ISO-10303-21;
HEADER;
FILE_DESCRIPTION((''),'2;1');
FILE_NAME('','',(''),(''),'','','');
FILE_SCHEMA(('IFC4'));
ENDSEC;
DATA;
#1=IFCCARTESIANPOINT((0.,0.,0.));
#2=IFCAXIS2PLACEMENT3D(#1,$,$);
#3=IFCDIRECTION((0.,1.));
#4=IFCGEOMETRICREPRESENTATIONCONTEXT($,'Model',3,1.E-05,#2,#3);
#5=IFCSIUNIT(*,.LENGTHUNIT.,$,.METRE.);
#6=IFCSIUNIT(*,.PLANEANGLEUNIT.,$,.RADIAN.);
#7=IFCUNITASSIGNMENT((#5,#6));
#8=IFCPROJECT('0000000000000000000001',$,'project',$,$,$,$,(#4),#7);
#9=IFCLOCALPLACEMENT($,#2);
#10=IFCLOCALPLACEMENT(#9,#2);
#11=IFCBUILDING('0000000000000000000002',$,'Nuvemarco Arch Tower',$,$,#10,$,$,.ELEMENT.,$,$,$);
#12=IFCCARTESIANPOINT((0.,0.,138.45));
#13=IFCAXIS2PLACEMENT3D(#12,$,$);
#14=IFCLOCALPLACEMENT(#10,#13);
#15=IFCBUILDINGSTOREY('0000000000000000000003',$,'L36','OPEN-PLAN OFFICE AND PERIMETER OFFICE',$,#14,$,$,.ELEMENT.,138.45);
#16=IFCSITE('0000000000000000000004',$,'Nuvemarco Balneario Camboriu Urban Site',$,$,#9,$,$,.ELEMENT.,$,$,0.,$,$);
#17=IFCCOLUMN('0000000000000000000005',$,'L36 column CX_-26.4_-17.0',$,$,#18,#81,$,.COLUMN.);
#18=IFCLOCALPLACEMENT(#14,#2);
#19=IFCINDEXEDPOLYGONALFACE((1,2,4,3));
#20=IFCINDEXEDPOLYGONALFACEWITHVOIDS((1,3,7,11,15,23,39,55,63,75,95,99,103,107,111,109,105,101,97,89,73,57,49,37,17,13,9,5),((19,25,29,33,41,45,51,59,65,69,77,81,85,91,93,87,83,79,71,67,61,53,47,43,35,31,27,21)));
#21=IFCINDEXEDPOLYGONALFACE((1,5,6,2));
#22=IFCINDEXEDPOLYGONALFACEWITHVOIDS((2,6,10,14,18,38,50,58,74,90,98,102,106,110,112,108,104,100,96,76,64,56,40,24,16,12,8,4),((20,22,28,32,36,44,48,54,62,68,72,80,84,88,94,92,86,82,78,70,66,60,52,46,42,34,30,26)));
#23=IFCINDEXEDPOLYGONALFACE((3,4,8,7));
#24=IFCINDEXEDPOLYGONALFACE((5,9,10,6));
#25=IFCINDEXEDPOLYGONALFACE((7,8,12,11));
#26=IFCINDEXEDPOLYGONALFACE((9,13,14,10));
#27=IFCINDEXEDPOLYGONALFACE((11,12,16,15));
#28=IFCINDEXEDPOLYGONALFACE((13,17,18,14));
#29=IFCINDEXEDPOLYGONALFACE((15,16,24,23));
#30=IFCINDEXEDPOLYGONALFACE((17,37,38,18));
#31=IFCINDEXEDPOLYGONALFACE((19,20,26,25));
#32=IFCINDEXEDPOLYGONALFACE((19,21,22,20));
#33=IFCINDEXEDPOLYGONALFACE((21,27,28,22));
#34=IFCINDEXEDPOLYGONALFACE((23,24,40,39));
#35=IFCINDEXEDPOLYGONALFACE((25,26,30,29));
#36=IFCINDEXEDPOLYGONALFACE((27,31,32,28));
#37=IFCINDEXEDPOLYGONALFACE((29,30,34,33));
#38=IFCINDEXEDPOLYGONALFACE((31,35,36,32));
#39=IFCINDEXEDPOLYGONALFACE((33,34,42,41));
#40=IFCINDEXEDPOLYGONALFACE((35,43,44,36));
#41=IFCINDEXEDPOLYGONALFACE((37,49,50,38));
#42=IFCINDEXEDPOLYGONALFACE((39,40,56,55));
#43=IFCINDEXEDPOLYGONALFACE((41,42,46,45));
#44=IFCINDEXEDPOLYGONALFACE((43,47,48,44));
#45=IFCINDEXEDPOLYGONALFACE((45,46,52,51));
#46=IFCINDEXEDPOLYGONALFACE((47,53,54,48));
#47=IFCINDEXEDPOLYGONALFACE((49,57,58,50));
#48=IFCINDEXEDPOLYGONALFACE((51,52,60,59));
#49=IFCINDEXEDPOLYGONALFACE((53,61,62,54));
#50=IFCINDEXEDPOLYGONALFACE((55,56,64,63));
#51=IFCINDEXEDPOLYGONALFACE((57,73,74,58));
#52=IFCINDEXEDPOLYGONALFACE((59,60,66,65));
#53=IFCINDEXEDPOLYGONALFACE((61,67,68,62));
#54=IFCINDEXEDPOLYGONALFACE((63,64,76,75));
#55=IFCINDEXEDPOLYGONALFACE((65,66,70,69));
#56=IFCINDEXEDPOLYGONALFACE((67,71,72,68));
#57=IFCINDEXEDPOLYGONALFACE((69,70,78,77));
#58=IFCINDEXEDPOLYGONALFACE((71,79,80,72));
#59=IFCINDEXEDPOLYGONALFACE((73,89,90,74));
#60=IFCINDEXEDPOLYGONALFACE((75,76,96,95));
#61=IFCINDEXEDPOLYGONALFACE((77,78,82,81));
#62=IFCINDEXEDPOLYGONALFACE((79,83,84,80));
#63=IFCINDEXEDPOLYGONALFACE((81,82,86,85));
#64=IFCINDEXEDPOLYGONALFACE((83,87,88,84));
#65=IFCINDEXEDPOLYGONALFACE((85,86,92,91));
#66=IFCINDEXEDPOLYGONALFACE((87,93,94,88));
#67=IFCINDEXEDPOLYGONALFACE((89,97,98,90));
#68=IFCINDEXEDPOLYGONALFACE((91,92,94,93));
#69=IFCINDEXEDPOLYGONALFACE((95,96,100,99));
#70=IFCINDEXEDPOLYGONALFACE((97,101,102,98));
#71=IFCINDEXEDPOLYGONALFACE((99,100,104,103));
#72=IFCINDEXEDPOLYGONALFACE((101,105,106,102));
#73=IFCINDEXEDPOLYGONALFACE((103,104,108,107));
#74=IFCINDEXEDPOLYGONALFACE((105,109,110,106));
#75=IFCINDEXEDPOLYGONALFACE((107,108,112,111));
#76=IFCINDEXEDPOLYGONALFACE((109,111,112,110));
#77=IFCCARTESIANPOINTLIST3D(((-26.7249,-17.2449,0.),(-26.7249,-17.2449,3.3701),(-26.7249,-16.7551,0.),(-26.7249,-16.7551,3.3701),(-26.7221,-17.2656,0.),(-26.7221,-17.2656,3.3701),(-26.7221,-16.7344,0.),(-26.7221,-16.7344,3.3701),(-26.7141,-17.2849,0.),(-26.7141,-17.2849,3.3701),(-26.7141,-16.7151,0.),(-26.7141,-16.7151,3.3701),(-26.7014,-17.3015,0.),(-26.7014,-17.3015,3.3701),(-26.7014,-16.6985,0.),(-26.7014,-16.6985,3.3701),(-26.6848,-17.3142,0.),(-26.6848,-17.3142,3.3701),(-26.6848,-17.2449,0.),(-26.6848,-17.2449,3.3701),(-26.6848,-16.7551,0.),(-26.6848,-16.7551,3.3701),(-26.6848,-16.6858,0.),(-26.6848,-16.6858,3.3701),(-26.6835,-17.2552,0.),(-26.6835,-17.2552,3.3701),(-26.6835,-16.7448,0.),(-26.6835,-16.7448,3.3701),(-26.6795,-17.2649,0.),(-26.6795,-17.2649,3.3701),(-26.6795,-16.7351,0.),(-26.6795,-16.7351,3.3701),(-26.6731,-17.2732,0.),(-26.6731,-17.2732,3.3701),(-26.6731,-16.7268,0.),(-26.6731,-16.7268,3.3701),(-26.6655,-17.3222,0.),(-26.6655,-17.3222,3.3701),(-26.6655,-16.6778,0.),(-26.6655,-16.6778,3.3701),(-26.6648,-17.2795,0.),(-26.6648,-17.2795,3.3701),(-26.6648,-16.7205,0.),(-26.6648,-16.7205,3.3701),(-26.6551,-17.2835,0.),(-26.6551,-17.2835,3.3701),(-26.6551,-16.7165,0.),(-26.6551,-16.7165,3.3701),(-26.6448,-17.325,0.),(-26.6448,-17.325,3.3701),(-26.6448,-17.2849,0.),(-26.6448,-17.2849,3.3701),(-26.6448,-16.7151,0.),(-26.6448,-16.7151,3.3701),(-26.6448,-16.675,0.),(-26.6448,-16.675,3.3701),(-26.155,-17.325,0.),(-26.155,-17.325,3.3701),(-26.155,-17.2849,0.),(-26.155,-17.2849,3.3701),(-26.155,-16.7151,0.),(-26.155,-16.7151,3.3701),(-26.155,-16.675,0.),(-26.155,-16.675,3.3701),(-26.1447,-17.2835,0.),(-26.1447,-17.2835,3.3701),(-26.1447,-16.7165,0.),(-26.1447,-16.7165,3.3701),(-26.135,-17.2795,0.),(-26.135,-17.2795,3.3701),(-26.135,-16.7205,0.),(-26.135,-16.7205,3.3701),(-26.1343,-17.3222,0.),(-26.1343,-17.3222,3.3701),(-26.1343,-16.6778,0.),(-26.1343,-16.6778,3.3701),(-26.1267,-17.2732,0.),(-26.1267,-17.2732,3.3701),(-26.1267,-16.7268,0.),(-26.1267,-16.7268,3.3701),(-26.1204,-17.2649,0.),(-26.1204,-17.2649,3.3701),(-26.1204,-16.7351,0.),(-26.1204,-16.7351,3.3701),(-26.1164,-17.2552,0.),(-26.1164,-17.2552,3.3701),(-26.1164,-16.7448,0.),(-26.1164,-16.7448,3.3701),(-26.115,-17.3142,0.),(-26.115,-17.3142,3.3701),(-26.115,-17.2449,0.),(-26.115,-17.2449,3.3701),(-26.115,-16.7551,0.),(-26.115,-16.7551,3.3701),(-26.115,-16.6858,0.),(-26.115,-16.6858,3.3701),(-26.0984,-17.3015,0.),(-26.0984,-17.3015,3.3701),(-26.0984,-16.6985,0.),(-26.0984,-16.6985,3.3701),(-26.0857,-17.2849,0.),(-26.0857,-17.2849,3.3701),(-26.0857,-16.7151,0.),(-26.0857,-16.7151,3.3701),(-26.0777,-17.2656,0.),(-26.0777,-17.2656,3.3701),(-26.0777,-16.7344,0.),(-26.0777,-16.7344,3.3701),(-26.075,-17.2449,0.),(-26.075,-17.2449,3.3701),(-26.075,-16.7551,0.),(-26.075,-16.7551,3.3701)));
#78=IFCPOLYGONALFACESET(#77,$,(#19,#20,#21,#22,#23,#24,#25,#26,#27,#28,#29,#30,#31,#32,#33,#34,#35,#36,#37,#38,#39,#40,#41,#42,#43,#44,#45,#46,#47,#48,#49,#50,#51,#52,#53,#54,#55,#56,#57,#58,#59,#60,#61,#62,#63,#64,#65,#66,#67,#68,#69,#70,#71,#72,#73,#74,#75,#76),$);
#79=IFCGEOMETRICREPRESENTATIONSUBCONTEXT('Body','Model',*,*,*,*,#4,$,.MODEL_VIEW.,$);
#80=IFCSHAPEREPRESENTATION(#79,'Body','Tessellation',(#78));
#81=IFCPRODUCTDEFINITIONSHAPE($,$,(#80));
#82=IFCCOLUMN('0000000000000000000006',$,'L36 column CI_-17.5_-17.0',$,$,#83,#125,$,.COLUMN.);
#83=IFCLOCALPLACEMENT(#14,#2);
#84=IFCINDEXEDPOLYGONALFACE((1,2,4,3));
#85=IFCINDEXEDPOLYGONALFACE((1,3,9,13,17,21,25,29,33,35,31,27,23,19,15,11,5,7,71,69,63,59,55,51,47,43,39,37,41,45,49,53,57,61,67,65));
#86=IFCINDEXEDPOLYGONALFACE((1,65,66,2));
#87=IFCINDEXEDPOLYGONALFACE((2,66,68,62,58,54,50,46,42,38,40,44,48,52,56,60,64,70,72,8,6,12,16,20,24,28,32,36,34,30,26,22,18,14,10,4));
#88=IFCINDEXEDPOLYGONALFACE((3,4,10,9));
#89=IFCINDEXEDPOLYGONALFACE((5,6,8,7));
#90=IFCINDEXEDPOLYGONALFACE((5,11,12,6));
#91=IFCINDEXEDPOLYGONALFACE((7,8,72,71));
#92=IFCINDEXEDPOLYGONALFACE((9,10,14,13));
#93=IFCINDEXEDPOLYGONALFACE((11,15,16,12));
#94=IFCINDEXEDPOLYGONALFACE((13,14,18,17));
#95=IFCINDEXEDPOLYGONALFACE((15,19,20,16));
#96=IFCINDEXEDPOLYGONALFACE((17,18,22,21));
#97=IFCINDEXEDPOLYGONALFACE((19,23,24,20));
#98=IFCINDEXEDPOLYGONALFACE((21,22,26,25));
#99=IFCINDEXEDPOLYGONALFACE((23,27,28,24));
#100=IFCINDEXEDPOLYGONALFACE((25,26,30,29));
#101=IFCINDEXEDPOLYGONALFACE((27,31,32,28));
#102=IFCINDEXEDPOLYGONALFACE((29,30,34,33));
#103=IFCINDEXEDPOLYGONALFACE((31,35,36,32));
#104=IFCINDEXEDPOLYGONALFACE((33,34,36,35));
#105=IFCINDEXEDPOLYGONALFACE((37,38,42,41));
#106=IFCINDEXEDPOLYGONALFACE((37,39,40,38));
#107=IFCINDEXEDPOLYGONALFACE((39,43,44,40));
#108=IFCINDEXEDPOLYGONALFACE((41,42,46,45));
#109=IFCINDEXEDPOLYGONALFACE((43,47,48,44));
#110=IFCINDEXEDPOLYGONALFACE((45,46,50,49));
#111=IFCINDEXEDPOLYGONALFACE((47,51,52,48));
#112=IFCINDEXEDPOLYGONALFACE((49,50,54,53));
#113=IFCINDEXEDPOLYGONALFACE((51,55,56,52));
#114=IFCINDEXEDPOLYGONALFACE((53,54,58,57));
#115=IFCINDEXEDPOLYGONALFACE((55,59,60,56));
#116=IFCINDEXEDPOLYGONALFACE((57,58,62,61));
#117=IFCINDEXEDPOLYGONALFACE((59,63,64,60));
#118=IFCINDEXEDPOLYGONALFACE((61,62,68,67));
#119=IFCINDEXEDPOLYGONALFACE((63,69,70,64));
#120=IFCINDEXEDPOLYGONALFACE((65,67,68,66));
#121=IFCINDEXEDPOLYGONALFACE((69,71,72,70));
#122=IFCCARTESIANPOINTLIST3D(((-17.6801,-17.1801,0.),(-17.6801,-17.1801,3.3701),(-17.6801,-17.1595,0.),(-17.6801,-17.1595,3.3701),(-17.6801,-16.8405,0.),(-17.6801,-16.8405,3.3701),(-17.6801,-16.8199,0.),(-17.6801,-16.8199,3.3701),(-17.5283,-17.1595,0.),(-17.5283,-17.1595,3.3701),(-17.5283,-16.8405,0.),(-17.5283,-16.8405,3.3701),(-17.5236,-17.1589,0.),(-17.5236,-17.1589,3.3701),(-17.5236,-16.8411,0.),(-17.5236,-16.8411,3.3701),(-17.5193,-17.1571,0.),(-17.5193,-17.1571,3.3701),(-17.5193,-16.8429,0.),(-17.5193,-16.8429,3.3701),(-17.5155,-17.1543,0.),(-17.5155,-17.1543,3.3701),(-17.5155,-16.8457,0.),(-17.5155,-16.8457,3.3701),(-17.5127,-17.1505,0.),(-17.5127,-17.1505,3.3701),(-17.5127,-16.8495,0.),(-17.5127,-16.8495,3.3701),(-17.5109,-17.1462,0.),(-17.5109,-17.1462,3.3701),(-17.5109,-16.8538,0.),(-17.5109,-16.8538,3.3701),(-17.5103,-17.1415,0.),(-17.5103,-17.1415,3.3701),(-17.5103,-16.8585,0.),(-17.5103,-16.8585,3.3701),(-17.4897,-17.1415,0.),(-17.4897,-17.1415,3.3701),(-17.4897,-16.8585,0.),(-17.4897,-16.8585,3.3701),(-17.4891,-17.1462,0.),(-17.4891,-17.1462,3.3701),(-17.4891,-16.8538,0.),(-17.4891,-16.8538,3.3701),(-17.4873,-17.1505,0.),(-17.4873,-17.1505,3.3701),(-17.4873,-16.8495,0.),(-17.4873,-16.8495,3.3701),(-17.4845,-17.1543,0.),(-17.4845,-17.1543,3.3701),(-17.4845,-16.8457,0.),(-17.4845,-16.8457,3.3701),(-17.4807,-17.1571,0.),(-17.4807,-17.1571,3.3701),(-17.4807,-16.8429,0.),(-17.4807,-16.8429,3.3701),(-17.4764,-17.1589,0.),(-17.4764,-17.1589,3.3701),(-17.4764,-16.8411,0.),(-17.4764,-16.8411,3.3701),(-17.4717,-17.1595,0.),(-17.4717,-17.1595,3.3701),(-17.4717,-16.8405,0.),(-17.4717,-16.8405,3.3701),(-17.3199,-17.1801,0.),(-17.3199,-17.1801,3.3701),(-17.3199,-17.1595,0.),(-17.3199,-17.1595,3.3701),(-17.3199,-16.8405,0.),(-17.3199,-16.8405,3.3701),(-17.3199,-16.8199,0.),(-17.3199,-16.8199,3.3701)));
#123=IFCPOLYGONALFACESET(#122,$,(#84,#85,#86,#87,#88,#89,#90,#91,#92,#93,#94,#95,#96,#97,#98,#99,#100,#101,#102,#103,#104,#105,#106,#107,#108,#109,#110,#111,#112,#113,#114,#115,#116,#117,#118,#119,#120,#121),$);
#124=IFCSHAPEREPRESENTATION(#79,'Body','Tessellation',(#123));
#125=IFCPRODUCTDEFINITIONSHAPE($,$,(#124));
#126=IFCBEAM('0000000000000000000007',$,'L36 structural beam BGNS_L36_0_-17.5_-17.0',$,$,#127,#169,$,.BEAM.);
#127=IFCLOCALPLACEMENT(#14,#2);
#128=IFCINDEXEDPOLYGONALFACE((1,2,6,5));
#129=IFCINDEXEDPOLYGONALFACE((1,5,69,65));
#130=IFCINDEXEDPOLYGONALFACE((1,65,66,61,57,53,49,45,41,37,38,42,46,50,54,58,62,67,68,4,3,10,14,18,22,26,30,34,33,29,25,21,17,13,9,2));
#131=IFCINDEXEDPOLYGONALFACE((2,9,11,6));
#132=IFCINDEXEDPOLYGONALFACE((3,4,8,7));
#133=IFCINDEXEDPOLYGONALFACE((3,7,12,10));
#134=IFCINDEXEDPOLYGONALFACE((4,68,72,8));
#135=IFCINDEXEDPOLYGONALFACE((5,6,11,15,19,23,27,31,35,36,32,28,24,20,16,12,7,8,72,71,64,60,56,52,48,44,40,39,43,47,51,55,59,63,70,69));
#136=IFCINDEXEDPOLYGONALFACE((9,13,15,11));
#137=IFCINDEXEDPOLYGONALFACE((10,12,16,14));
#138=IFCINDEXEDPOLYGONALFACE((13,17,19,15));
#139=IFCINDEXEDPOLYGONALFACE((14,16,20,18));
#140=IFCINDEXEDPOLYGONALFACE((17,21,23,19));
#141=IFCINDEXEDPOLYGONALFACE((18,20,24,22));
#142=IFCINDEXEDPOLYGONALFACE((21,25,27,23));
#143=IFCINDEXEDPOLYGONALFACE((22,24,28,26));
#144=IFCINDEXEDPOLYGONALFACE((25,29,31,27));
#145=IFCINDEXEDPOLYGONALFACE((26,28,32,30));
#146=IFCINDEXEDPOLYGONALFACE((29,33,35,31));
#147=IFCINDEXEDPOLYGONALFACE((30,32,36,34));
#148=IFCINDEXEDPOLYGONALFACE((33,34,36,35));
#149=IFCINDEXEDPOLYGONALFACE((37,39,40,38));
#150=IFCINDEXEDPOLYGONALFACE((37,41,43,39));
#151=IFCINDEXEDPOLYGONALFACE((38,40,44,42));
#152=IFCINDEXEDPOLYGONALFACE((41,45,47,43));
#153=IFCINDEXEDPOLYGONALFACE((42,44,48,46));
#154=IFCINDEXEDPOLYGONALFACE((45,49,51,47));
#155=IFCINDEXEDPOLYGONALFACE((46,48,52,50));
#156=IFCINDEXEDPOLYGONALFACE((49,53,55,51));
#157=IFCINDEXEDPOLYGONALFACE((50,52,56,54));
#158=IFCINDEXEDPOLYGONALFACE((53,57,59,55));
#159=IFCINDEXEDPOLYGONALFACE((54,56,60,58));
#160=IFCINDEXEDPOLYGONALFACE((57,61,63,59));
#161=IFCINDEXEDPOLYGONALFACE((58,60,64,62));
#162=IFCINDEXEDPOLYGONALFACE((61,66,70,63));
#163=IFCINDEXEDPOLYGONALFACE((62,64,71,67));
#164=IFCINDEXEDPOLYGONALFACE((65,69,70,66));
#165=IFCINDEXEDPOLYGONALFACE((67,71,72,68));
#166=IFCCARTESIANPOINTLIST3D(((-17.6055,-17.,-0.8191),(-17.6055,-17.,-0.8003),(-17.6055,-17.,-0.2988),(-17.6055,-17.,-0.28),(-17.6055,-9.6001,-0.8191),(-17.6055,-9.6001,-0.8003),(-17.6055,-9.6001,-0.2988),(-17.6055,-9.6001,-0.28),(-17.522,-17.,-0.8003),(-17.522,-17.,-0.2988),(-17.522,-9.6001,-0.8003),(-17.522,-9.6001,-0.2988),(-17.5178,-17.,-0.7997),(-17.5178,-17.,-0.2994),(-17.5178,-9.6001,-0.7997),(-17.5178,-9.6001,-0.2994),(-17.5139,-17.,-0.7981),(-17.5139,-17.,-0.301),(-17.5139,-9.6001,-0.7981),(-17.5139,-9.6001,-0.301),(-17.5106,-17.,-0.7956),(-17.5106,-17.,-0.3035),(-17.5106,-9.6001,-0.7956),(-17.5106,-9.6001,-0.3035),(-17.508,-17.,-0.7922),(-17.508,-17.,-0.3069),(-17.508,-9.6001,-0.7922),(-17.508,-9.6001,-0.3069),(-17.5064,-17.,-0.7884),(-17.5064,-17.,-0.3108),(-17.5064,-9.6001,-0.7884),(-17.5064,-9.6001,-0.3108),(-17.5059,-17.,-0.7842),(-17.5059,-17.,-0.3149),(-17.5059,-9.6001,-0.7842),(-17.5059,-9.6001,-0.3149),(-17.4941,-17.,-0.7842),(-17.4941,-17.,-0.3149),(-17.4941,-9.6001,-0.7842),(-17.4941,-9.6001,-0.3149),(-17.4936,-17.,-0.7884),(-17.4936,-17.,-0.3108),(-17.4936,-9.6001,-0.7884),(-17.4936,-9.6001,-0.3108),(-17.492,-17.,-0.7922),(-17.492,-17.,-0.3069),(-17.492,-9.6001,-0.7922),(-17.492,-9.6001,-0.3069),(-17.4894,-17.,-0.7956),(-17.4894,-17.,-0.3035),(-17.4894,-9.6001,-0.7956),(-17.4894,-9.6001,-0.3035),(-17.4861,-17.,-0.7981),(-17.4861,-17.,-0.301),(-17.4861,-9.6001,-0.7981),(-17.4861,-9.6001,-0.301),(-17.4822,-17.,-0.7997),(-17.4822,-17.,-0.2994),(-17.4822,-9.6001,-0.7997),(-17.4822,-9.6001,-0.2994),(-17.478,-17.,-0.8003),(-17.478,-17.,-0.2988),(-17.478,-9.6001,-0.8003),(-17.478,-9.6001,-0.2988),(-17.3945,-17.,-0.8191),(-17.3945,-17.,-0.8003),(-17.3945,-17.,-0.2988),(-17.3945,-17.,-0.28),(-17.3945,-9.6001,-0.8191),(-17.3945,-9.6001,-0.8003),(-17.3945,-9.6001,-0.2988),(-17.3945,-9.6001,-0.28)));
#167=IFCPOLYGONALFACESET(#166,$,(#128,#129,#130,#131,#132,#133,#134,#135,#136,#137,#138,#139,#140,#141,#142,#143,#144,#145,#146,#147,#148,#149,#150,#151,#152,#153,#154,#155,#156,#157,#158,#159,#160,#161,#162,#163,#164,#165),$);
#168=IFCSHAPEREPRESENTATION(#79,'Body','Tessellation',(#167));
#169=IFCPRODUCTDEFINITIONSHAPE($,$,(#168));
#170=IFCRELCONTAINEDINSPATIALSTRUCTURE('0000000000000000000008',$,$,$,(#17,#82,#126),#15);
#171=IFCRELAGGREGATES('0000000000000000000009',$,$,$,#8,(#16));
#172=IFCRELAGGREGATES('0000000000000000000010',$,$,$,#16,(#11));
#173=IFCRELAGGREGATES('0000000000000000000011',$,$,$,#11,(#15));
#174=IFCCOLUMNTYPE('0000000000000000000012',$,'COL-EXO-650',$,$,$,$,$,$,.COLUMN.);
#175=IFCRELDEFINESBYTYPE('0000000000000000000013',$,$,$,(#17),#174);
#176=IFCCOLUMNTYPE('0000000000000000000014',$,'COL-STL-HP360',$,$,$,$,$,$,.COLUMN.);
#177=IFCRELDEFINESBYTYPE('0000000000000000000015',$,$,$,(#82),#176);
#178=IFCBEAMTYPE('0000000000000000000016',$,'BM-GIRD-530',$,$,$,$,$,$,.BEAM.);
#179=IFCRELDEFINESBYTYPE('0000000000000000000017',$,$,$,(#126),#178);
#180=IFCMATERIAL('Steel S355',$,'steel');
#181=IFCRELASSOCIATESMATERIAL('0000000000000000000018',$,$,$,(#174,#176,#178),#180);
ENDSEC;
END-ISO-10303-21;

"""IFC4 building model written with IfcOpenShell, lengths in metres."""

from ifc_helpers import new_model, si_unit, direction, frame, origin, origin_2d, place, context, subcontext, project, spatial, hollow_rectangle, i_section, extrude, material, material_profile, profile_set, type_object, element, save


model = new_model("IFC4")

# Units and contexts
model_context = context("Model", 3, precision=1e-05, world=origin(), true_north=direction((0.0, 1.0)))
body_context = subcontext(model_context, "Body", "Model", "MODEL_VIEW")
ifc_project = project(units=[si_unit("LENGTHUNIT", "METRE"), si_unit("PLANEANGLEUNIT", "RADIAN")], contexts=[model_context])

# Site, building, storey
site_placement = place(None, origin())
site = spatial("IfcSite", under=ifc_project, at=site_placement, Name="Nuvemarco Balneario Camboriu Urban Site", CompositionType="ELEMENT", RefElevation=0.0)
building_placement = place(site_placement, origin())
building = spatial("IfcBuilding", under=site, at=building_placement, Name="Nuvemarco Arch Tower", CompositionType="ELEMENT")
storey_placement = place(building_placement, frame((0.0, 0.0, 138.45)))
storey = spatial("IfcBuildingStorey", under=building, at=storey_placement, Name="L36", Description="OPEN-PLAN OFFICE AND PERIMETER OFFICE", CompositionType="ELEMENT", Elevation=138.45)

# Columns
ifc_material_1 = material(Name="Steel S355", Category="steel")
ifc_material_profile_1 = material_profile(ifc_material_1, hollow_rectangle(XDim=0.6499, YDim=0.6499, WallThickness=0.04, InnerFilletRadius=0.04, OuterFilletRadius=0.0801, at=origin_2d()), Name="SHS650x650x40")
ifc_profile_set_1 = profile_set([ifc_material_profile_1], Name="Steel S355")
column_type_1 = type_object("IfcColumnType", Name="COL-EXO-650", PredefinedType="COLUMN", material=ifc_profile_set_1)
column_1_placement = place(storey_placement, frame((-26.3999, -17.0, 0.0), z_axis=(0.0, 0.0, 1.0), x_axis=(1.0, 0.0, 0.0)))
element("IfcColumn", 1, at=column_1_placement, inside=storey, type_object=column_type_1, Name="L36 column CX_-26.4_-17.0", PredefinedType="COLUMN", context=body_context, shape_type="SweptSolid", body=[
    extrude(hollow_rectangle(XDim=0.6499, YDim=0.6499, WallThickness=0.04, InnerFilletRadius=0.04, OuterFilletRadius=0.0801, at=origin_2d()), origin(), (0.0, 0.0, 1.0), 3.3701),
])
ifc_material_profile_2 = material_profile(ifc_material_1, i_section(OverallWidth=0.3601, OverallDepth=0.3601, WebThickness=0.0205, FlangeThickness=0.0205, FilletRadius=0.0181, at=origin_2d()), Name="HP360x174")
ifc_profile_set_2 = profile_set([ifc_material_profile_2], Name="Steel S355")
column_type_2 = type_object("IfcColumnType", Name="COL-STL-HP360", PredefinedType="COLUMN", material=ifc_profile_set_2)
column_2_placement = place(storey_placement, frame((-17.5, -17.0, 0.0), z_axis=(0.0, 0.0, 1.0), x_axis=(1.0, 0.0, 0.0)))
element("IfcColumn", 2, at=column_2_placement, inside=storey, type_object=column_type_2, Name="L36 column CI_-17.5_-17.0", PredefinedType="COLUMN", context=body_context, shape_type="SweptSolid", body=[
    extrude(i_section(OverallWidth=0.3601, OverallDepth=0.3601, WebThickness=0.0205, FlangeThickness=0.0205, FilletRadius=0.0181, at=origin_2d()), origin(), (0.0, 0.0, 1.0), 3.3701),
])

# Beam
ifc_material_profile_3 = material_profile(ifc_material_1, i_section(OverallWidth=0.2109, OverallDepth=0.5391, WebThickness=0.0117, FlangeThickness=0.0188, FilletRadius=0.0161, at=origin_2d()), Name="W530x109")
ifc_profile_set_3 = profile_set([ifc_material_profile_3], Name="Steel S355")
beam_type_1 = type_object("IfcBeamType", Name="BM-GIRD-530", PredefinedType="BEAM", material=ifc_profile_set_3)
beam_1_placement = place(storey_placement, frame((-17.5, -17.0, -0.5496), z_axis=(0.0, 1.0, 0.0), x_axis=(-1.0, 0.0, 0.0)))
element("IfcBeam", 3, at=beam_1_placement, inside=storey, type_object=beam_type_1, Name="L36 structural beam BGNS_L36_0_-17.5_-17.0", PredefinedType="BEAM", context=body_context, shape_type="SweptSolid", body=[
    extrude(i_section(OverallWidth=0.2109, OverallDepth=0.5391, WebThickness=0.0117, FlangeThickness=0.0188, FilletRadius=0.0161, at=origin_2d()), origin(), (0.0, 0.0, 1.0), 7.3999),
])

save(model, "model.ifc")
